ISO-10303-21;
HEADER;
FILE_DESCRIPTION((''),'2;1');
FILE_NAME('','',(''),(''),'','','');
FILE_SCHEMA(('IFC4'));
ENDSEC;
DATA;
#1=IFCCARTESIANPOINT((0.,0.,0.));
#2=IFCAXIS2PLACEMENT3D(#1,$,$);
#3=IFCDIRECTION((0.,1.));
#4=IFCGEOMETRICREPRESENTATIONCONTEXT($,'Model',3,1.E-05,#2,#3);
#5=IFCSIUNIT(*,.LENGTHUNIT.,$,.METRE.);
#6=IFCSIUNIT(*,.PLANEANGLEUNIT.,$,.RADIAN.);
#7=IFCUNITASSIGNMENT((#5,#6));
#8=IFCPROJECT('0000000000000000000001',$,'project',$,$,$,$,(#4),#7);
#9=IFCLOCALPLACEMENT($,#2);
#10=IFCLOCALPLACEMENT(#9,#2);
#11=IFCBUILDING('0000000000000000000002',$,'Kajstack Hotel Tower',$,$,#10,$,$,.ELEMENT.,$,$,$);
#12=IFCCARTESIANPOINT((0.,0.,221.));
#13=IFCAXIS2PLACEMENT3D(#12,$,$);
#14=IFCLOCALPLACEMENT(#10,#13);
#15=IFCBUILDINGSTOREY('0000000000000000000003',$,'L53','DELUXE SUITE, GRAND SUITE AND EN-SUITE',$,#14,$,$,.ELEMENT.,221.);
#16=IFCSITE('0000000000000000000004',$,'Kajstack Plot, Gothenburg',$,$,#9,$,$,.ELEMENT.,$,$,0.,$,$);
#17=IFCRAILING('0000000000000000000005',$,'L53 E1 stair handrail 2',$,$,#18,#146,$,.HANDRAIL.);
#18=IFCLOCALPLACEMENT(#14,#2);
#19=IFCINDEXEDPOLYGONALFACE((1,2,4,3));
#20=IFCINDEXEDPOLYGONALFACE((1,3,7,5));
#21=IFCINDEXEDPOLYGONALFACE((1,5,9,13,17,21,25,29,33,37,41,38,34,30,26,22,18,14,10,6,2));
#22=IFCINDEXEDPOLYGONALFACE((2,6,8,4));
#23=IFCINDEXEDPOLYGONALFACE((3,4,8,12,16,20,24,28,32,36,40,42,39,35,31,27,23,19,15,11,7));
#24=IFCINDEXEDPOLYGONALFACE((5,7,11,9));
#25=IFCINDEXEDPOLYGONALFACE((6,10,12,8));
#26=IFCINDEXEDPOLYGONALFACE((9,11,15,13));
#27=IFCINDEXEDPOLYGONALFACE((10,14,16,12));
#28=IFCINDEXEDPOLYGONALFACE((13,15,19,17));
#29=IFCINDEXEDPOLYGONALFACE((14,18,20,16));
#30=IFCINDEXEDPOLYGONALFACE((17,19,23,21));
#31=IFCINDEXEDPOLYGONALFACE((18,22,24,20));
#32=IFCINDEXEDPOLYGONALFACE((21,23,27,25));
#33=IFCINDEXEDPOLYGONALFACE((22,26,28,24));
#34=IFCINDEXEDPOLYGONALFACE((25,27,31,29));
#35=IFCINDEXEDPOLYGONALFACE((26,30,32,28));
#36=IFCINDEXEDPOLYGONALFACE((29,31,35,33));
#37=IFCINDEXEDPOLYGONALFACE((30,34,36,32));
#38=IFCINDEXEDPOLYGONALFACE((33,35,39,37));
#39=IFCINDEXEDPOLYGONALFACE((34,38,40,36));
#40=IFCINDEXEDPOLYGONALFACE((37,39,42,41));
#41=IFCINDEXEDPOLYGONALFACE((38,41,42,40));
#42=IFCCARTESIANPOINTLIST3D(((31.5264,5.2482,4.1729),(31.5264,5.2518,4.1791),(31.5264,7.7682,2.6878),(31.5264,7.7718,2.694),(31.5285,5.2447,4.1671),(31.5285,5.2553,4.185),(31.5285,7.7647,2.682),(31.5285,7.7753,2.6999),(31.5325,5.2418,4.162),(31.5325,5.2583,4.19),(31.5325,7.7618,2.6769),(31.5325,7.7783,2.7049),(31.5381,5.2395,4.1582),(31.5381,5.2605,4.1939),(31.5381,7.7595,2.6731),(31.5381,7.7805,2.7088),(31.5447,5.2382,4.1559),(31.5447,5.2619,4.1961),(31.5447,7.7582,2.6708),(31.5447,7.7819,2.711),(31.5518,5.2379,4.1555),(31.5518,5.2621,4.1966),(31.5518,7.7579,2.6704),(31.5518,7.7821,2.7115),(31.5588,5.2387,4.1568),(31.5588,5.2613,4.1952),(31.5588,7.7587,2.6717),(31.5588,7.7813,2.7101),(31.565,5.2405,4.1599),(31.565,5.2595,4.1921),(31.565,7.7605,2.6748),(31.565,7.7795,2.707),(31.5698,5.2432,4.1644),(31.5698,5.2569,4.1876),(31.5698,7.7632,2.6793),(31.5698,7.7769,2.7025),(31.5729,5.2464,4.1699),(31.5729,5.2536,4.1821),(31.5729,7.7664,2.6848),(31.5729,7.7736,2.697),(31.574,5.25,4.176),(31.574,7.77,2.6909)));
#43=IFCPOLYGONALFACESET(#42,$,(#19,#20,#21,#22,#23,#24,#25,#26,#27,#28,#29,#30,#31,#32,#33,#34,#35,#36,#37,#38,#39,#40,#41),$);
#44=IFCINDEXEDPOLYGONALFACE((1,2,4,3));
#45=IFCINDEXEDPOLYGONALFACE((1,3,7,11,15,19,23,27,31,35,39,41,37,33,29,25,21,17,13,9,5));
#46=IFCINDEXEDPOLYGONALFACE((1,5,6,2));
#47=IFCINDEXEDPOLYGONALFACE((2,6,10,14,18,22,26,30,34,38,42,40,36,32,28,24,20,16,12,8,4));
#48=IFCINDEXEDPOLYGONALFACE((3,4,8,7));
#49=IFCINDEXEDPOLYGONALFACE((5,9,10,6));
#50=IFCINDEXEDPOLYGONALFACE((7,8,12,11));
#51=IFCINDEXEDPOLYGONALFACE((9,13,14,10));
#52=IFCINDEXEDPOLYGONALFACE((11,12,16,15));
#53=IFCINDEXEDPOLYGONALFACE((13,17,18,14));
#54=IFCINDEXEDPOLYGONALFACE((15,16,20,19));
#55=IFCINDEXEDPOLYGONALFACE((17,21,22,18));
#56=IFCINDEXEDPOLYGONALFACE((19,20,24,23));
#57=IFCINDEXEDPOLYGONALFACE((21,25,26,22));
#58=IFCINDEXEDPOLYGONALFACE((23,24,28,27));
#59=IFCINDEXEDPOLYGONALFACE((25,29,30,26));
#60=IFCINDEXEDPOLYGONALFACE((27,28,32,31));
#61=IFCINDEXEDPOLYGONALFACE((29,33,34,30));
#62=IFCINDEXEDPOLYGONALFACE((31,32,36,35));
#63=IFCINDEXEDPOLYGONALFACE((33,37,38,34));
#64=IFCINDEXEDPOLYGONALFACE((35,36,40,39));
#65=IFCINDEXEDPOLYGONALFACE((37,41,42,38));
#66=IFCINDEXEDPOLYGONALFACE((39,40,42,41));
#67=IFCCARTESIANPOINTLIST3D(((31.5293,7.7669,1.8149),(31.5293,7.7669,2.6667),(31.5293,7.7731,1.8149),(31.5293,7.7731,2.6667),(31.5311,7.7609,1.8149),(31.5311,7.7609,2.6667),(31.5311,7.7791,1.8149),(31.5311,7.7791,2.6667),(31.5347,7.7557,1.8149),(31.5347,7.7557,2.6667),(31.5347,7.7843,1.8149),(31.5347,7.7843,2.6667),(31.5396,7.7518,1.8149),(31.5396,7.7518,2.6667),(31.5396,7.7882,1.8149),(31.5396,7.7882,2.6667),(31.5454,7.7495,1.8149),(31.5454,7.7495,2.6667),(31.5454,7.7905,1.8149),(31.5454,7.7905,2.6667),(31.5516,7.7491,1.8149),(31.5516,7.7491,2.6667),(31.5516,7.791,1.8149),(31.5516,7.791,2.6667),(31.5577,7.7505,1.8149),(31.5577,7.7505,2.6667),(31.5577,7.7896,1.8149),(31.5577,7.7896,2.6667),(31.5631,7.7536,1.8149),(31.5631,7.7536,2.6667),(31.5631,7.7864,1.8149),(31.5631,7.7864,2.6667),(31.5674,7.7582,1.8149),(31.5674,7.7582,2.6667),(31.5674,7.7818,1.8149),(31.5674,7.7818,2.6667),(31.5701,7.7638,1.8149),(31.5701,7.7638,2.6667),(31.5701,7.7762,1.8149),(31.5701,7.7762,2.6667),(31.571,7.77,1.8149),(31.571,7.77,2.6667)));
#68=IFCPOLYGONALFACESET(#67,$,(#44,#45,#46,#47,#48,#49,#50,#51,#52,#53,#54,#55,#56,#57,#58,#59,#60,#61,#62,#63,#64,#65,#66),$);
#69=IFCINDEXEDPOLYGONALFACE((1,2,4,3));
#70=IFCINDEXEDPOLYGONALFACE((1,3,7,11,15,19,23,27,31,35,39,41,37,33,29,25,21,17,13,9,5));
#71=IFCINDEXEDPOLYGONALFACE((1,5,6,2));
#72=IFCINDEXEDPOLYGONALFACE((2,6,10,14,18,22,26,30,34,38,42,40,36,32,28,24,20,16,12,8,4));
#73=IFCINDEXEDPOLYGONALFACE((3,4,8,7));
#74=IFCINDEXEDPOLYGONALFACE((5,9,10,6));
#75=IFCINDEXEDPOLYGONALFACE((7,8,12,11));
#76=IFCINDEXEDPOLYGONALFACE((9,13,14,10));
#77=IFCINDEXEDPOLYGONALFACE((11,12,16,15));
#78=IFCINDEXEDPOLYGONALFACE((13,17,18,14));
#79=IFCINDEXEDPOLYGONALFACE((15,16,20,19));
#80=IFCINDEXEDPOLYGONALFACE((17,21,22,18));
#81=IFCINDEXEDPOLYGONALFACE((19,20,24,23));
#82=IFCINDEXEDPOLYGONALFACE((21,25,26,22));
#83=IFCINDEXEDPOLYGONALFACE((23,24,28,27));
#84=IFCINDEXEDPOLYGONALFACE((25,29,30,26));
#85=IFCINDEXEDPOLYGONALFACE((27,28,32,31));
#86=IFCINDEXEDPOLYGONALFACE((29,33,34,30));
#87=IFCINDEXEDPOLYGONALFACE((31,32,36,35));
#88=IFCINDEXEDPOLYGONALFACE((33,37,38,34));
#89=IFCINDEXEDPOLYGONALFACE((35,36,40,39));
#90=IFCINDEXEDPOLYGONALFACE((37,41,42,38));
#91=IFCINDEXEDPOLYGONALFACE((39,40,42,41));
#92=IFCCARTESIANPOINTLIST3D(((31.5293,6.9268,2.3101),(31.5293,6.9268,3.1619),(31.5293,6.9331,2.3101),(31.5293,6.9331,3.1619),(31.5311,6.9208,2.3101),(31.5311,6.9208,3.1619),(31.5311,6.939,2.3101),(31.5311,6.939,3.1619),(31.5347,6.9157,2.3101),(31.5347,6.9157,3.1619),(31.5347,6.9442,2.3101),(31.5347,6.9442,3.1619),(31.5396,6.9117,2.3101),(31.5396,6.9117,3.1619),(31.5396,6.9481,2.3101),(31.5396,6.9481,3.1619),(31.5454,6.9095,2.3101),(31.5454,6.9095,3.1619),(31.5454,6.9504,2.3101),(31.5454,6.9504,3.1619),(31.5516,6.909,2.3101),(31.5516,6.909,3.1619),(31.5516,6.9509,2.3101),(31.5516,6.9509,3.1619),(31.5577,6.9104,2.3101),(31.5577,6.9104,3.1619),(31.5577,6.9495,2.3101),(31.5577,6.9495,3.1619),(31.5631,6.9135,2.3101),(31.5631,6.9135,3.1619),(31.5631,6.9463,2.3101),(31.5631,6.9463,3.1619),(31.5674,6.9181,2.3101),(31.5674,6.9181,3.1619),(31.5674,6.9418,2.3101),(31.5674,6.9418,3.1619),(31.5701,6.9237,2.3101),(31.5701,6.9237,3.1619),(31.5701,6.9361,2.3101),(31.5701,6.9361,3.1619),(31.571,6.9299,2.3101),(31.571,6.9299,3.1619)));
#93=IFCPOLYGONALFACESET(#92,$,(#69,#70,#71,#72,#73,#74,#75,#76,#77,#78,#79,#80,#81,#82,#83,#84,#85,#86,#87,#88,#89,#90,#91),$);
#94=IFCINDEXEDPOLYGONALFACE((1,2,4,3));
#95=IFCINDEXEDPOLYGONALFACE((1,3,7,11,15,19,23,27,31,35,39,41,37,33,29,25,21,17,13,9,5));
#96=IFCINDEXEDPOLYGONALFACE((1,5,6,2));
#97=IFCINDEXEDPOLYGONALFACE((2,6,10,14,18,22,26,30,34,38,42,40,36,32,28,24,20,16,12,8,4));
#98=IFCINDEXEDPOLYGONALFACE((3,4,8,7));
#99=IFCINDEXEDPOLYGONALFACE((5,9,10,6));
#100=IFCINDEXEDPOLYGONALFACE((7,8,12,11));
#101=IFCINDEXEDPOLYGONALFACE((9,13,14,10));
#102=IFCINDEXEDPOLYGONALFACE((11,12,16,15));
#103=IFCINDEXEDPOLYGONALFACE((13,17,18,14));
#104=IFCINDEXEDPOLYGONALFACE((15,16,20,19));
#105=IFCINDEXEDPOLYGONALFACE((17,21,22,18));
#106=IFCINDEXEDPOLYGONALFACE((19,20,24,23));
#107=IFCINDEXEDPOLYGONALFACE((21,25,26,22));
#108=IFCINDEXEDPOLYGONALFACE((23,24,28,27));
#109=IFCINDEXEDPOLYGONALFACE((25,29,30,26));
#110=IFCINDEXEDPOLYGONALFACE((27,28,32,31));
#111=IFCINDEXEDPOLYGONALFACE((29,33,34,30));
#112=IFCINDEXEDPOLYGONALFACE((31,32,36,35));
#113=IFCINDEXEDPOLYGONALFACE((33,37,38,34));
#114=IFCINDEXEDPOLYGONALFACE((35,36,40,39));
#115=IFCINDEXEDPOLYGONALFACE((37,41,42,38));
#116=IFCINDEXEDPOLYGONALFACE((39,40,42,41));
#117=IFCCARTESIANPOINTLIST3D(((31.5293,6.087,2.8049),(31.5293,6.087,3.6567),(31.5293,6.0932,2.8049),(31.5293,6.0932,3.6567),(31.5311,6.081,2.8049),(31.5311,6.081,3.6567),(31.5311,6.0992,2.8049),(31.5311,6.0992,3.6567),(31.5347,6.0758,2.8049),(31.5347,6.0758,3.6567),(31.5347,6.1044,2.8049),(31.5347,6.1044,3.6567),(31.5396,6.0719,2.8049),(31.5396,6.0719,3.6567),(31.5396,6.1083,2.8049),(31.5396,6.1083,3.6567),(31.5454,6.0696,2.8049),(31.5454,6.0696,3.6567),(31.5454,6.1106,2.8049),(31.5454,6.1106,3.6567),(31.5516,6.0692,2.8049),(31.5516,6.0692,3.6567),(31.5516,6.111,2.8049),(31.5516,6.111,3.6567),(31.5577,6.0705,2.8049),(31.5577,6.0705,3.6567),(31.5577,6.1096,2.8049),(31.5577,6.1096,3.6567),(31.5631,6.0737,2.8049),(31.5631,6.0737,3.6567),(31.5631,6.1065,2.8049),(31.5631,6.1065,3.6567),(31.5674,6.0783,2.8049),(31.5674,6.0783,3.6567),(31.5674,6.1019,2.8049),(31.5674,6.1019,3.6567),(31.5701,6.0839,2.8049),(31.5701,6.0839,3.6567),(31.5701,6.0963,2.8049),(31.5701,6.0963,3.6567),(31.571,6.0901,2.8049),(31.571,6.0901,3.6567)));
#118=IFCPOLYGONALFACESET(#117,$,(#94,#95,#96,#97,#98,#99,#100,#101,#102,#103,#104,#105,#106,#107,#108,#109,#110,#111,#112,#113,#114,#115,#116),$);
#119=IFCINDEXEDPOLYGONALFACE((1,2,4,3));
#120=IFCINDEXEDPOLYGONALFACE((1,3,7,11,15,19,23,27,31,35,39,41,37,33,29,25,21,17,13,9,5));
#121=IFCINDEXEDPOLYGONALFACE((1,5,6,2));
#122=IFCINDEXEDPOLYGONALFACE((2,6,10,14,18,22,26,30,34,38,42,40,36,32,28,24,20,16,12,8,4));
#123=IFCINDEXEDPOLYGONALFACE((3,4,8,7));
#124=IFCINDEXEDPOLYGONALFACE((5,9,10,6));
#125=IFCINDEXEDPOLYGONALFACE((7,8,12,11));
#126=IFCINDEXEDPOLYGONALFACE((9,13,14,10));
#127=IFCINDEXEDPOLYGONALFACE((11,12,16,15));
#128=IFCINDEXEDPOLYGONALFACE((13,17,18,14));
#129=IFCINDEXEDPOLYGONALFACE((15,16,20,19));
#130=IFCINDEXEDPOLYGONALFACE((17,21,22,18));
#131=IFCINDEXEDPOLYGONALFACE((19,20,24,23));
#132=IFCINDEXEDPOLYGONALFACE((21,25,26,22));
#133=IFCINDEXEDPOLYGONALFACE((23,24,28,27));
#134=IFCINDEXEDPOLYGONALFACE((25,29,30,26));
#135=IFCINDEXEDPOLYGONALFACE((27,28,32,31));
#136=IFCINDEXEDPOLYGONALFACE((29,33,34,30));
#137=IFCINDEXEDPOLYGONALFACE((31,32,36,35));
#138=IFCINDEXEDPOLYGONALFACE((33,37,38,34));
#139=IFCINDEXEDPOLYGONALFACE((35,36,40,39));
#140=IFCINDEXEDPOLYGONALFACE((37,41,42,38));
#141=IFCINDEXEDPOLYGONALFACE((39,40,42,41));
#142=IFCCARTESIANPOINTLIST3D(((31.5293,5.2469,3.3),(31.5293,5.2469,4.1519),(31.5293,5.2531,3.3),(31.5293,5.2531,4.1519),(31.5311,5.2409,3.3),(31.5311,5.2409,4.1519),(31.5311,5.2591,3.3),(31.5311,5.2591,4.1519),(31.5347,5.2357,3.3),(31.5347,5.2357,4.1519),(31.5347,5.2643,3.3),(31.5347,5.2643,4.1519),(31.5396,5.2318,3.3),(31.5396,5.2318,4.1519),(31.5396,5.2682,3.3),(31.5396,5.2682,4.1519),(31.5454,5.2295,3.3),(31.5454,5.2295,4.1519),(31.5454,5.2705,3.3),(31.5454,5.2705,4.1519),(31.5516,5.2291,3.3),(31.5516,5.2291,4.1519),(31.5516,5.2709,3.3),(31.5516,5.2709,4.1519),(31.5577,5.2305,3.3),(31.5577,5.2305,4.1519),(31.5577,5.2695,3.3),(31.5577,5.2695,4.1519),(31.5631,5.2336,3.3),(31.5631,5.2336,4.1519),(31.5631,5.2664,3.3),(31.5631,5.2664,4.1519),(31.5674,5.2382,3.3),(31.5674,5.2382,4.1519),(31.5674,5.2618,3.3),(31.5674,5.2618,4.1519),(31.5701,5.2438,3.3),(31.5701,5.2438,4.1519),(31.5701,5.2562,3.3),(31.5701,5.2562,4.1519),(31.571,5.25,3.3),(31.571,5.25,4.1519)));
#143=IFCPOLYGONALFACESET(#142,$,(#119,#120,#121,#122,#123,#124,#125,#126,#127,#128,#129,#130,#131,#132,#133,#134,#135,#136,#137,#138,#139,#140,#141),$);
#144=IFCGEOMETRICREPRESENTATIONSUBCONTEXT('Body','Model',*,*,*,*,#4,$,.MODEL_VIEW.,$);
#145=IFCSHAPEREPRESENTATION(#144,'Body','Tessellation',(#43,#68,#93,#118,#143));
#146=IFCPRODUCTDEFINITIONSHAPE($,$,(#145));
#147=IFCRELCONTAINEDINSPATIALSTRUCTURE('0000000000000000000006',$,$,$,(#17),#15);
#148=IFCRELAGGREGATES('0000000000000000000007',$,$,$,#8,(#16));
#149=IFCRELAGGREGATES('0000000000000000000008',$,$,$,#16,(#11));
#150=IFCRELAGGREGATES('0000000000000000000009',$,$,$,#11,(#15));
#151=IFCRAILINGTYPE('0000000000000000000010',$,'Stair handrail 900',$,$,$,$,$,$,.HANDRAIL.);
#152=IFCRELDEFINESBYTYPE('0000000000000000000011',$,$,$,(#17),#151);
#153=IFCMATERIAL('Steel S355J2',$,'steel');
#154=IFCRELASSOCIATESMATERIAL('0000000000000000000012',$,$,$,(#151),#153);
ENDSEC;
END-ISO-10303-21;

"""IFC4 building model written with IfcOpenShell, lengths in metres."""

from ifc_helpers import new_model, si_unit, direction, frame, origin, origin_2d, place, context, subcontext, project, spatial, circle, extrude, material, type_object, element, save


model = new_model("IFC4")

# Units and contexts
model_context = context("Model", 3, precision=1e-05, world=origin(), true_north=direction((0.0, 1.0)))
body_context = subcontext(model_context, "Body", "Model", "MODEL_VIEW")
ifc_project = project(units=[si_unit("LENGTHUNIT", "METRE"), si_unit("PLANEANGLEUNIT", "RADIAN")], contexts=[model_context])

# Site, building, storey
site_placement = place(None, origin())
site = spatial("IfcSite", under=ifc_project, at=site_placement, Name="Kajstack Plot, Gothenburg", CompositionType="ELEMENT", RefElevation=0.0)
building_placement = place(site_placement, origin())
building = spatial("IfcBuilding", under=site, at=building_placement, Name="Kajstack Hotel Tower", CompositionType="ELEMENT")
storey_placement = place(building_placement, frame((0.0, 0.0, 221.0)))
storey = spatial("IfcBuildingStorey", under=building, at=storey_placement, Name="L53", Description="DELUXE SUITE, GRAND SUITE AND EN-SUITE", CompositionType="ELEMENT", Elevation=221.0)

# Railing
ifc_material_1 = material(Name="Steel S355J2", Category="steel")
railing_type_1 = type_object("IfcRailingType", Name="Stair handrail 900", PredefinedType="HANDRAIL", material=ifc_material_1)
railing_1_placement = place(storey_placement, frame((31.55, 7.77, 1.8149)))
element("IfcRailing", 1, at=railing_1_placement, inside=storey, type_object=railing_type_1, Name="L53 E1 stair handrail 2", PredefinedType="HANDRAIL", context=body_context, shape_type="SweptSolid", body=[
    extrude(circle(Radius=0.0239, at=origin_2d()), frame((0.0, 0.0, 0.876), z_axis=(0.0, -0.861524, 0.507717), x_axis=(1.0, 0.0, 0.0)), (0.0, 0.0, 1.0), 2.925),
    extrude(circle(Radius=0.021, at=origin_2d()), origin(), (0.0, 0.0, 1.0), 0.8518),
    extrude(circle(Radius=0.021, at=origin_2d()), frame((0.0, -0.8401, 0.4951)), (0.0, 0.0, 1.0), 0.8518),
    extrude(circle(Radius=0.021, at=origin_2d()), frame((0.0, -1.6799, 0.99)), (0.0, 0.0, 1.0), 0.8518),
    extrude(circle(Radius=0.021, at=origin_2d()), frame((0.0, -2.52, 1.4851)), (0.0, 0.0, 1.0), 0.8518),
])

save(model, "model.ifc")
